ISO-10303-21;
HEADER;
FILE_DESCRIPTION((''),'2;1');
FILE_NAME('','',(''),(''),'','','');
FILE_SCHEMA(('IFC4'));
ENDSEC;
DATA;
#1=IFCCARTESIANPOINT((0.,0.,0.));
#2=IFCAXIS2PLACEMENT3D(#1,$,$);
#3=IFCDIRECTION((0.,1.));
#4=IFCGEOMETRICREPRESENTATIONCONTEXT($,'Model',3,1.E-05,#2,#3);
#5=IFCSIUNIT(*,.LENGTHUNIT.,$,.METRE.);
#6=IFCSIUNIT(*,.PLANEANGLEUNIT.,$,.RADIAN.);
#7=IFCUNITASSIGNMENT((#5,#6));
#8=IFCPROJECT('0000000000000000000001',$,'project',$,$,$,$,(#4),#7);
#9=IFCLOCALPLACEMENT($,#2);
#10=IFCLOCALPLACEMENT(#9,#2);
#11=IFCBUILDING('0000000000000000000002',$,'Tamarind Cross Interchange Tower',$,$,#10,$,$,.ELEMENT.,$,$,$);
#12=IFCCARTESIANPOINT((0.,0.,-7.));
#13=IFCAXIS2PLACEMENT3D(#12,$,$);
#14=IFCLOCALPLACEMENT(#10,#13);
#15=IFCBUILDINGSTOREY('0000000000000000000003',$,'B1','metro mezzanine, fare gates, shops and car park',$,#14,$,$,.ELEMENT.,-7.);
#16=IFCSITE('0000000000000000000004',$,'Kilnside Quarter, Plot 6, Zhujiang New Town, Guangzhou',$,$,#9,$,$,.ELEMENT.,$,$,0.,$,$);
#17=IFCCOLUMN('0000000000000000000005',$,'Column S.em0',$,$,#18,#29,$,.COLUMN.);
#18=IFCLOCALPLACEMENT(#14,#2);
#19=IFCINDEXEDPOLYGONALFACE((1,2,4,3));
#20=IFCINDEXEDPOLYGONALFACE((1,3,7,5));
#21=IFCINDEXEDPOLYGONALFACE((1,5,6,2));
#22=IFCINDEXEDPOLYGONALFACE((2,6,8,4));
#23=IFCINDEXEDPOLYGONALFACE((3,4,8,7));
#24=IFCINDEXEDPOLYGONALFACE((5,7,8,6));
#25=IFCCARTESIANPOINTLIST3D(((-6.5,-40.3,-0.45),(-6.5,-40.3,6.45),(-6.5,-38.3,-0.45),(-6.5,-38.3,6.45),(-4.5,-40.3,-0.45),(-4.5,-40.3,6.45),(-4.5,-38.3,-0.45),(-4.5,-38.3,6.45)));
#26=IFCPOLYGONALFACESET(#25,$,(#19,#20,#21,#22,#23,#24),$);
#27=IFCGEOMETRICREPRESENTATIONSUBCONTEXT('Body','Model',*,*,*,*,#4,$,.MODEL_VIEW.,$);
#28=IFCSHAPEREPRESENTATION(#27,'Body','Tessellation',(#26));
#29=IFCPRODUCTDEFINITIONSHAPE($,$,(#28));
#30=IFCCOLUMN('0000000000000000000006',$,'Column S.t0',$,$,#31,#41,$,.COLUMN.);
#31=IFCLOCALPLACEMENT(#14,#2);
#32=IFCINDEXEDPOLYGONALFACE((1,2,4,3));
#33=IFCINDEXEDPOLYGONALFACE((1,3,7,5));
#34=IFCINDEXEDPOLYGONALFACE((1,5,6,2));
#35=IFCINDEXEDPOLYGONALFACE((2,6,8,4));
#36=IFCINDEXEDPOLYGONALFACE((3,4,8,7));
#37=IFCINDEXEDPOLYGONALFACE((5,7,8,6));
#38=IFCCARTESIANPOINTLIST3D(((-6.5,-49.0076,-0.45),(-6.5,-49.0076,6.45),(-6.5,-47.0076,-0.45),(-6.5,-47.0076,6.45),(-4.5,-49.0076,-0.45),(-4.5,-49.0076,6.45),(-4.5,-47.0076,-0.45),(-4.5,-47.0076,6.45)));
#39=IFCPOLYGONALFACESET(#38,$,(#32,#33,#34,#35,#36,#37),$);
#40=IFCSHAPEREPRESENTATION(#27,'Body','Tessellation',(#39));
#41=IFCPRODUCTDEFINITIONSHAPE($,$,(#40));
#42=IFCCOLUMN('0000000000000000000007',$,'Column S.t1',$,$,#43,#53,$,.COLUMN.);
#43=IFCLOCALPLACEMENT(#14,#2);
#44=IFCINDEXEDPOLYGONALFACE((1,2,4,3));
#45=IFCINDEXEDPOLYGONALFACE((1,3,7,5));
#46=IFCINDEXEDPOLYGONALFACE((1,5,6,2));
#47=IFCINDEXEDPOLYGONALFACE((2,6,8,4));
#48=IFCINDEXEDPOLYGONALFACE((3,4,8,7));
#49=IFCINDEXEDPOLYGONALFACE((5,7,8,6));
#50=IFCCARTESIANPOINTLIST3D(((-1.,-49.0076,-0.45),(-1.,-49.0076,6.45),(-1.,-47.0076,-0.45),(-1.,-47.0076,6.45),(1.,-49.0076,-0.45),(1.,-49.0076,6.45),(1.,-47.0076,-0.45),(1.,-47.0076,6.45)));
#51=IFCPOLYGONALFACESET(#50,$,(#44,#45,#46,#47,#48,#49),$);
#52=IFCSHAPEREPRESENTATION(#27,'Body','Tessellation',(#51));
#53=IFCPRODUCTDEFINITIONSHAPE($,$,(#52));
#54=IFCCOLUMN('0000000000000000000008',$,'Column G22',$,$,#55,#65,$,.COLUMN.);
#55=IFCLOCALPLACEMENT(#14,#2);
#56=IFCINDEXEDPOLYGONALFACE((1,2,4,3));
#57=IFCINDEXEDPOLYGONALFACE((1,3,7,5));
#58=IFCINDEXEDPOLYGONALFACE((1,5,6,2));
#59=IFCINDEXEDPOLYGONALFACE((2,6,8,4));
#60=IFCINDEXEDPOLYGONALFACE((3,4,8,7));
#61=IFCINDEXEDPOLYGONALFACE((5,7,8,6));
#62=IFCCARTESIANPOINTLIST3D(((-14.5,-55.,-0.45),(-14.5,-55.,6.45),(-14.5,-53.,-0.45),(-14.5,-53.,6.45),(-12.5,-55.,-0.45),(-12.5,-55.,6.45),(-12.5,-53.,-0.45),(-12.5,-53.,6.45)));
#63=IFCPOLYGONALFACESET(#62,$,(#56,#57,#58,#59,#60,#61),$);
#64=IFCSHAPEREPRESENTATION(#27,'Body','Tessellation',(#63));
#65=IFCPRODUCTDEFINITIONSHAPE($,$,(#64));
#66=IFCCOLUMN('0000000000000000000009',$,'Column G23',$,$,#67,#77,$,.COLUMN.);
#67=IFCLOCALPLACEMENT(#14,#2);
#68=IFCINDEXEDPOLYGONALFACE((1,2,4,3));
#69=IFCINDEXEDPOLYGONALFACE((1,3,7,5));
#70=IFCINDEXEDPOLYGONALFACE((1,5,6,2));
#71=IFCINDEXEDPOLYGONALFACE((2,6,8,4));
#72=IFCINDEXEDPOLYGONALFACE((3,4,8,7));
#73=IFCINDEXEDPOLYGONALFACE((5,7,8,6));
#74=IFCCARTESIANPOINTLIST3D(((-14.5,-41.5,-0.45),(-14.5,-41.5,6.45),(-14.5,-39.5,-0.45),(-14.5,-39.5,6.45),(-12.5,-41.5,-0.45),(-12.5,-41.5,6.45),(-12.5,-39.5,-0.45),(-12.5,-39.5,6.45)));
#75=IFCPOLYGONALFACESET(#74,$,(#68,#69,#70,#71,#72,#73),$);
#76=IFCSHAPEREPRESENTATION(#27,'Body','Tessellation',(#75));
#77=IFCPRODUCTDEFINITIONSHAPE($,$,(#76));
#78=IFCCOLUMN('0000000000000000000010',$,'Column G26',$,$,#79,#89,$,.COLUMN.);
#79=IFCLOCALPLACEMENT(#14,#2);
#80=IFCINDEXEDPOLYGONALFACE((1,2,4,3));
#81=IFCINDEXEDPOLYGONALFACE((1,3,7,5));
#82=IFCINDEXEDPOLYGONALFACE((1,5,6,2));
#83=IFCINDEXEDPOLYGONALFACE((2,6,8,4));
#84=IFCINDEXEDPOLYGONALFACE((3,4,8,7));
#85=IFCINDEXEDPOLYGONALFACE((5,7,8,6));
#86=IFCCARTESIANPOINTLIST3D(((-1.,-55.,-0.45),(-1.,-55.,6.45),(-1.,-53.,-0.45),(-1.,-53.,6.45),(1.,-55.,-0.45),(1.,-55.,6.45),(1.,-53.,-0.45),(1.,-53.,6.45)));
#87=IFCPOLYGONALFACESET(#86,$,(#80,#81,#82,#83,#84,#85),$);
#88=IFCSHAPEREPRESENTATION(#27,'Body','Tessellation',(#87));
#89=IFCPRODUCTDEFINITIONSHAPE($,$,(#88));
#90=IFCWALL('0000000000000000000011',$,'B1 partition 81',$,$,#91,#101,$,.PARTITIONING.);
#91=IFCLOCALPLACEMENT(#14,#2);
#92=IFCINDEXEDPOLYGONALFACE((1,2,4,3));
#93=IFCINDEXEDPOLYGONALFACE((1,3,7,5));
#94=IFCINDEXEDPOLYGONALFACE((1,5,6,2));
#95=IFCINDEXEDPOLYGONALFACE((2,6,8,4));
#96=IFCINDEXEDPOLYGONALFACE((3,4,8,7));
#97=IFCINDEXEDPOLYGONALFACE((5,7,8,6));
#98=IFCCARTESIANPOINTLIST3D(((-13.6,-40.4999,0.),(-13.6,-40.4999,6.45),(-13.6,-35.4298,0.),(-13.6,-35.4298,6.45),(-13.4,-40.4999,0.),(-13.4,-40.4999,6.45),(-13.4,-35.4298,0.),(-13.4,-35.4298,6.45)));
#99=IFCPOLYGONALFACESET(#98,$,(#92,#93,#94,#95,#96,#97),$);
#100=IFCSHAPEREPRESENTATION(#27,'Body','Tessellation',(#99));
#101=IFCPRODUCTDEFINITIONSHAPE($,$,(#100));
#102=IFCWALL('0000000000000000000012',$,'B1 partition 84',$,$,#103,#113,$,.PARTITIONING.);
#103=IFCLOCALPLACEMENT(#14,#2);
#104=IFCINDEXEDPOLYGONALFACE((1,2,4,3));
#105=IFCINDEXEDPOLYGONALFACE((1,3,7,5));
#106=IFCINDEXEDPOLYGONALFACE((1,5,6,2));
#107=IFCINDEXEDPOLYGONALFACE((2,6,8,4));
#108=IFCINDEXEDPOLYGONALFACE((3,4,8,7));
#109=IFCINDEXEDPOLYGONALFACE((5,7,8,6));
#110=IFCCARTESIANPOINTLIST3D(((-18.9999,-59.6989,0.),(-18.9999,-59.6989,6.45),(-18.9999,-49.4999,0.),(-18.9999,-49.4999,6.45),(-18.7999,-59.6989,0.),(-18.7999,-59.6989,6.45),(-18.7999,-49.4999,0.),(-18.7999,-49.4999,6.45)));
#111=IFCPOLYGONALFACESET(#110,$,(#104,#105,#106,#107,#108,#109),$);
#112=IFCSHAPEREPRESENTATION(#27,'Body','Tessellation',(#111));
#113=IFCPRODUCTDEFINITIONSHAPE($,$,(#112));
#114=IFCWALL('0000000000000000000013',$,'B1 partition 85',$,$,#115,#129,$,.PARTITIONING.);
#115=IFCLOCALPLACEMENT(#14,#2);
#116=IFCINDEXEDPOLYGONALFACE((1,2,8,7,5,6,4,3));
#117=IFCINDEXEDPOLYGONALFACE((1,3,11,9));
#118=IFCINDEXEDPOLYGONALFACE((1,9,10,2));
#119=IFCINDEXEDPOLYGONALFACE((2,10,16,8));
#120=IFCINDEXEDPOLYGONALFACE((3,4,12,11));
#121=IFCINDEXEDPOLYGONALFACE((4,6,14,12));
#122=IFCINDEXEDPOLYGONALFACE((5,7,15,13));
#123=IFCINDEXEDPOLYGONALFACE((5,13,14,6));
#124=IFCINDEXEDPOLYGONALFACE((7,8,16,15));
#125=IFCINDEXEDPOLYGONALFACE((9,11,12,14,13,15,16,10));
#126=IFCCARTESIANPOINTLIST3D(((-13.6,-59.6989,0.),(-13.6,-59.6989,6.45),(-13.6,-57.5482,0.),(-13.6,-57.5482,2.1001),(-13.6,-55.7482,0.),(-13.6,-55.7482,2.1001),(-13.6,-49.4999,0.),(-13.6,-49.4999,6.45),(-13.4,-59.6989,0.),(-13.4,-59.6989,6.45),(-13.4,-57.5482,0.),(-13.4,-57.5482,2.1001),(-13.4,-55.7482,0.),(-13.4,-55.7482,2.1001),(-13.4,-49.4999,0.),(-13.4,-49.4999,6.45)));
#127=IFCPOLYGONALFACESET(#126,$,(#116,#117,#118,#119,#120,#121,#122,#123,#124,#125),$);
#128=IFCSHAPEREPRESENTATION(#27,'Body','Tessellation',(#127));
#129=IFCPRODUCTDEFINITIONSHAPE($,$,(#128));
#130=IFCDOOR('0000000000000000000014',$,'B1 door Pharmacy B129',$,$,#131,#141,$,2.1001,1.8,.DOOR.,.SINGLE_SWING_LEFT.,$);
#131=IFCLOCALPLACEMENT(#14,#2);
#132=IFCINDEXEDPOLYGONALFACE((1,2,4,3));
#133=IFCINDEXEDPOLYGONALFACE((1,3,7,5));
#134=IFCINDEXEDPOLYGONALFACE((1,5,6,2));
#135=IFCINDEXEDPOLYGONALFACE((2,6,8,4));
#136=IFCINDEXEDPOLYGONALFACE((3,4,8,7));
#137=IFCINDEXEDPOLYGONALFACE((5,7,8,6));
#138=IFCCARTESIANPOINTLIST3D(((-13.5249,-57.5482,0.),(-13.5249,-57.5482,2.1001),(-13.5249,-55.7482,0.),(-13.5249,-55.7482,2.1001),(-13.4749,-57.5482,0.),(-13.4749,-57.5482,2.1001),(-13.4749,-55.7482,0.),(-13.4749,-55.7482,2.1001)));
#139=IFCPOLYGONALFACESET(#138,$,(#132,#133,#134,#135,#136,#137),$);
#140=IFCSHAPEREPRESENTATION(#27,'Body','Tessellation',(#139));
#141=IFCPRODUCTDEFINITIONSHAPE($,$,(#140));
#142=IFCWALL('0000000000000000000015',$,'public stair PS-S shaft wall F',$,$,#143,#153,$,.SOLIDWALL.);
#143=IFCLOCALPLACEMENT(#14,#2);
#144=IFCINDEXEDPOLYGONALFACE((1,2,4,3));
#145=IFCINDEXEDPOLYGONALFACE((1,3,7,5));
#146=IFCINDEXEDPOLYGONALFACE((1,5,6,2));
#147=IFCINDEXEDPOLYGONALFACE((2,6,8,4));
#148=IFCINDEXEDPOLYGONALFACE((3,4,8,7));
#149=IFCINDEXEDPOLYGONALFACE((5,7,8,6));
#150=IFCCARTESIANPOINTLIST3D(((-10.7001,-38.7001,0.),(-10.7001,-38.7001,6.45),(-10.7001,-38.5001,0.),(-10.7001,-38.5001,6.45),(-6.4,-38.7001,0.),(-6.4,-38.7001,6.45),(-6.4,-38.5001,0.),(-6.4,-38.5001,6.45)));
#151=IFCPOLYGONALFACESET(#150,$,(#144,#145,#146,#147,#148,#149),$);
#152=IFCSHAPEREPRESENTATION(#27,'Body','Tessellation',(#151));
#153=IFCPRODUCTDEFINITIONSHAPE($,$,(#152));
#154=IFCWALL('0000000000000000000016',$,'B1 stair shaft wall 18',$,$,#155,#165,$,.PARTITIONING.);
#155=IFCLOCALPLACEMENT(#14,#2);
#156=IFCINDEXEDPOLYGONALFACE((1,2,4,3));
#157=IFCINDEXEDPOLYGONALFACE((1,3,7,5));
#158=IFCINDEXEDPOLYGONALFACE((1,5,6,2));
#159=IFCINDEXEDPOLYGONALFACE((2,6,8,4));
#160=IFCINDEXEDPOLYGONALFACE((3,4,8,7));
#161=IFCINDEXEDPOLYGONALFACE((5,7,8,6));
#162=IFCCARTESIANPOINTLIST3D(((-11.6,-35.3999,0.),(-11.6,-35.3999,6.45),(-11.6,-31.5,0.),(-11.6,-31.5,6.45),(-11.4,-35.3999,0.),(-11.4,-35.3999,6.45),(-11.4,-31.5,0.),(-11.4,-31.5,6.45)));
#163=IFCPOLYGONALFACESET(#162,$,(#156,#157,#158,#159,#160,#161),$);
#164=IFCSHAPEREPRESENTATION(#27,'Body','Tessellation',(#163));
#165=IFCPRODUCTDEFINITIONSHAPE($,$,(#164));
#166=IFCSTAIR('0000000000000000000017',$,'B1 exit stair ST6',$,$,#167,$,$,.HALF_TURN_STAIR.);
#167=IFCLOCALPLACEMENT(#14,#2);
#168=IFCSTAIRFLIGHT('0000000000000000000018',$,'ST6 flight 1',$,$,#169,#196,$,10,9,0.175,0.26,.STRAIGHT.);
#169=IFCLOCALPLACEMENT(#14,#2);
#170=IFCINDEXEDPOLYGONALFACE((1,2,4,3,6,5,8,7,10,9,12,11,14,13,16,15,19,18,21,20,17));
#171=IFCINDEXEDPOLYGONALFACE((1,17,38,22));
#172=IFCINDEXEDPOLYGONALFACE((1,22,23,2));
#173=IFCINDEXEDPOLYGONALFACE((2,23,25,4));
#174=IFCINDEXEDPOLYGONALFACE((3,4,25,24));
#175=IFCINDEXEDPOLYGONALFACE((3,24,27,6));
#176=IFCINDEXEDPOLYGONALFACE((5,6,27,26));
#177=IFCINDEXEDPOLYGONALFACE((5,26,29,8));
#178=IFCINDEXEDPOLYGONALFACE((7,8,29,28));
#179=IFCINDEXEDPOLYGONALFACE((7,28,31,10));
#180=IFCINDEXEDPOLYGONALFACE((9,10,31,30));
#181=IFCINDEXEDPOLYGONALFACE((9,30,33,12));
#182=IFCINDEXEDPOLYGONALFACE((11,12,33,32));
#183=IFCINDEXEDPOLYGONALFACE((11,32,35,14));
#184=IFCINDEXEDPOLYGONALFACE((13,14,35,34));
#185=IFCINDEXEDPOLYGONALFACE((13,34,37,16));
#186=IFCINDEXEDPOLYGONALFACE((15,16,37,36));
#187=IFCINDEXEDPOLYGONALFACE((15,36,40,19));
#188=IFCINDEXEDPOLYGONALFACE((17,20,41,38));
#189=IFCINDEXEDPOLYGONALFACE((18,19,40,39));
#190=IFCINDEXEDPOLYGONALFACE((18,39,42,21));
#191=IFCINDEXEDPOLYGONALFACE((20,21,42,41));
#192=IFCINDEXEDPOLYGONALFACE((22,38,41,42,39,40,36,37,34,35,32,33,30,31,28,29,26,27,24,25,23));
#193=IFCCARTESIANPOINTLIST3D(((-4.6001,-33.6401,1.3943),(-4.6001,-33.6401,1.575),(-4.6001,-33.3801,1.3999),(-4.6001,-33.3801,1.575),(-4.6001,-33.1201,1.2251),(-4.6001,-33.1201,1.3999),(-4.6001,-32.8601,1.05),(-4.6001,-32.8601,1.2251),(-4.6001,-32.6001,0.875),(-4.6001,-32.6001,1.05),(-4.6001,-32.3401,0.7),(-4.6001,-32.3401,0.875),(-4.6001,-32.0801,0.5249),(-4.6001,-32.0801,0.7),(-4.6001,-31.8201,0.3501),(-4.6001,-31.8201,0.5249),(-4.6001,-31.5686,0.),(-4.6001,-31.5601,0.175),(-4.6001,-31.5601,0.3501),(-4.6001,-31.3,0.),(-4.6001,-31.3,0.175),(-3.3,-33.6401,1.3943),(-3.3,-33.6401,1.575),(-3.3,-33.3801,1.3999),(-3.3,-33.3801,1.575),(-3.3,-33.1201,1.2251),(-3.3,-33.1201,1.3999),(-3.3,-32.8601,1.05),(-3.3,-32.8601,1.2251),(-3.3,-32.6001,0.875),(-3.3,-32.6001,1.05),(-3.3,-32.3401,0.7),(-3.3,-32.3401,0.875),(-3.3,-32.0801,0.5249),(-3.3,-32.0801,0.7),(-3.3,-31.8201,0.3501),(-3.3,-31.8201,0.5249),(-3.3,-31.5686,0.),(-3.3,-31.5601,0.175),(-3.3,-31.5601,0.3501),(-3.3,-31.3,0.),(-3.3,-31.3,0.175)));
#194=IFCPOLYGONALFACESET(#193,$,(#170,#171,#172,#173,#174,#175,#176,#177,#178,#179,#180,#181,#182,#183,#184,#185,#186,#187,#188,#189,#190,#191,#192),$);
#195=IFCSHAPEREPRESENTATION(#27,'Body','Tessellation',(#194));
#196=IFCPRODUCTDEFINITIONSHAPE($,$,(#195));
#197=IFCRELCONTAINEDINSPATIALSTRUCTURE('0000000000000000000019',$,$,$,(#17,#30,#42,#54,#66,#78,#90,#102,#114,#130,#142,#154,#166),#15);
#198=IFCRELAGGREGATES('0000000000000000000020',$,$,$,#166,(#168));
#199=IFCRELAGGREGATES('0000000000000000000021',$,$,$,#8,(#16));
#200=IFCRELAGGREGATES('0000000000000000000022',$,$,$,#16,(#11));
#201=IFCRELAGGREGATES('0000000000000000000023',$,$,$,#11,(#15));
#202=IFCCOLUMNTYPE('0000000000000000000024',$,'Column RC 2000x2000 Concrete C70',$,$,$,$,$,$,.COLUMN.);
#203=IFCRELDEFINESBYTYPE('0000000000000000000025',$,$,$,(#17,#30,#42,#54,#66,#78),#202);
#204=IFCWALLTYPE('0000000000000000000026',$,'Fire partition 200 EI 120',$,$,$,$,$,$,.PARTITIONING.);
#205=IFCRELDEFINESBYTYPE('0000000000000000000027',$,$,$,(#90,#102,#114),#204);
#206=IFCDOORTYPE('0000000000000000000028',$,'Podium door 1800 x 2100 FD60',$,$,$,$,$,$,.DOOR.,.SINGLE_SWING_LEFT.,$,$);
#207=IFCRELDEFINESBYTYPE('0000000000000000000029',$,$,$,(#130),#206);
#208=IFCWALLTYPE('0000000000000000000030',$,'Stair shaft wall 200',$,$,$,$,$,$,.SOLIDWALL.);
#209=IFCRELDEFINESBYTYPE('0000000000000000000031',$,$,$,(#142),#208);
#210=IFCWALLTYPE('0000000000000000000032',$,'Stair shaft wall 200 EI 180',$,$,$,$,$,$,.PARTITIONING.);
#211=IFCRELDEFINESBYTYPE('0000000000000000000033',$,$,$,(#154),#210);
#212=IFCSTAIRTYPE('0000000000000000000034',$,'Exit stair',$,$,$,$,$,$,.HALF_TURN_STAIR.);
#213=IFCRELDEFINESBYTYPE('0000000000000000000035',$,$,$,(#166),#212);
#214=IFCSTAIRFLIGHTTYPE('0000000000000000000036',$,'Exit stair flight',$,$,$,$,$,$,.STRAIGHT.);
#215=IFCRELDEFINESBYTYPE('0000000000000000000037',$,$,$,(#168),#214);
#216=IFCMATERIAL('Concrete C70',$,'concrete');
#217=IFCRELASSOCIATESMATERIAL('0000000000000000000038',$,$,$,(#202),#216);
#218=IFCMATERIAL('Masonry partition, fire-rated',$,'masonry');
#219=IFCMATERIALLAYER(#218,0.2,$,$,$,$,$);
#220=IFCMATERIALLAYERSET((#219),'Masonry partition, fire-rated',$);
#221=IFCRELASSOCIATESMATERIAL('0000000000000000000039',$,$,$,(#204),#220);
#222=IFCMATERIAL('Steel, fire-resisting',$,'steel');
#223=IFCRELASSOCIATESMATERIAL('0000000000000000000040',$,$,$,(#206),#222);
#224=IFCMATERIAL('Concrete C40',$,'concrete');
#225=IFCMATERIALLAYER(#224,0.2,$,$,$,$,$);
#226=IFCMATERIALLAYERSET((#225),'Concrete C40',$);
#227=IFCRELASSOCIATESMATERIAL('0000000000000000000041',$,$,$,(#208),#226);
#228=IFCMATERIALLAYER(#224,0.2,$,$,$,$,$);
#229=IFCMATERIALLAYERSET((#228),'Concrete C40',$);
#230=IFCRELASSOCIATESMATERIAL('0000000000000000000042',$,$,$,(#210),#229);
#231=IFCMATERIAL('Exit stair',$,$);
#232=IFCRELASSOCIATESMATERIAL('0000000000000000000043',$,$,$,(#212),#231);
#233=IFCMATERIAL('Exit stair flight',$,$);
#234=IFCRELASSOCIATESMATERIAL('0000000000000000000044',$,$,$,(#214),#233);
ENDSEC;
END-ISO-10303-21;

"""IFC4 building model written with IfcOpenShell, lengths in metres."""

from ifc_helpers import new_model, si_unit, direction, frame, frame_2d, origin, origin_2d, place, context, subcontext, project, spatial, polyline, rectangle, outline, extrude, material, layer, layer_set, material_profile, profile_set, type_object, element, fill, aggregate, save


model = new_model("IFC4")

# Units and contexts
model_context = context("Model", 3, precision=1e-05, world=origin(), true_north=direction((0.0, 1.0)))
body_context = subcontext(model_context, "Body", "Model", "MODEL_VIEW")
ifc_project = project(units=[si_unit("LENGTHUNIT", "METRE"), si_unit("PLANEANGLEUNIT", "RADIAN")], contexts=[model_context])

# Site, building, storey
site_placement = place(None, origin())
site = spatial("IfcSite", under=ifc_project, at=site_placement, Name="Kilnside Quarter, Plot 6, Zhujiang New Town, Guangzhou", CompositionType="ELEMENT", RefElevation=0.0)
building_placement = place(site_placement, origin())
building = spatial("IfcBuilding", under=site, at=building_placement, Name="Tamarind Cross Interchange Tower", CompositionType="ELEMENT")
storey_placement = place(building_placement, frame((0.0, 0.0, -7.0)))
storey = spatial("IfcBuildingStorey", under=building, at=storey_placement, Name="B1", Description="metro mezzanine, fare gates, shops and car park", CompositionType="ELEMENT", Elevation=-7.0)

# Columns
ifc_material_1 = material(Name="Concrete C70", Category="concrete")
ifc_material_profile = material_profile(ifc_material_1, rectangle(XDim=2.0, YDim=2.0, at=origin_2d()), Name="RC 2000x2000")
ifc_profile_set = profile_set([ifc_material_profile], Name="Concrete C70")
column_type = type_object("IfcColumnType", Name="Column RC 2000x2000 Concrete C70", PredefinedType="COLUMN", material=ifc_profile_set)
for number, where, z_axis, x_axis, name in (
    (1, (-5.5, -39.3, -0.45), (0.0, 0.0, 1.0), (1.0, 0.0, 0.0), "Column S.em0"),
    (2, (-5.5, -48.0076, -0.45), (0.0, 0.0, 1.0), (1.0, 0.0, 0.0), "Column S.t0"),
    (3, (0.0, -48.0076, -0.45), (0.0, 0.0, 1.0), (1.0, 0.0, 0.0), "Column S.t1"),
    (4, (-13.5, -54.0, -0.45), (0.0, 0.0, 1.0), (1.0, 0.0, 0.0), "Column G22"),
    (5, (-13.5, -40.5, -0.45), (0.0, 0.0, 1.0), (1.0, 0.0, 0.0), "Column G23"),
    (6, (0.0, -54.0, -0.45), (0.0, 0.0, 1.0), (1.0, 0.0, 0.0), "Column G26"),
):
    element("IfcColumn", number, at=place(storey_placement, frame(where, z_axis=z_axis, x_axis=x_axis)), inside=storey, type_object=column_type, Name=name, PredefinedType="COLUMN", context=body_context, shape_type="SweptSolid", body=[
        extrude(rectangle(XDim=2.0, YDim=2.0, at=origin_2d()), origin(), (0.0, 0.0, 1.0), 6.8999),
    ])

# Walls
ifc_material_2 = material(Name="Masonry partition, fire-rated", Category="masonry")
ifc_layer_1 = layer(ifc_material_2, 0.2)
ifc_layer_set_1 = layer_set([ifc_layer_1], Name="Masonry partition, fire-rated")
wall_type_1 = type_object("IfcWallType", Name="Fire partition 200 EI 120", PredefinedType="PARTITIONING", material=ifc_layer_set_1)
wall_1_placement = place(storey_placement, frame((-13.5, -40.5, 0.0), z_axis=(0.0, 0.0, 1.0), x_axis=(0.0, 1.0, 0.0)))
element("IfcWall", 7, at=wall_1_placement, inside=storey, type_object=wall_type_1, Name="B1 partition 81", PredefinedType="PARTITIONING", context=body_context, shape_type="SweptSolid", body=[
    extrude(rectangle(XDim=5.0701, YDim=0.2, at=frame_2d((2.5352, 0.0))), origin(), (0.0, 0.0, 1.0), 6.45),
])
wall_2_placement = place(storey_placement, frame((-18.8999, -59.699, 0.0), z_axis=(0.0, 0.0, 1.0), x_axis=(0.0, 1.0, 0.0)))
element("IfcWall", 8, at=wall_2_placement, inside=storey, type_object=wall_type_1, Name="B1 partition 84", PredefinedType="PARTITIONING", context=body_context, shape_type="SweptSolid", body=[
    extrude(rectangle(XDim=10.199, YDim=0.2, at=frame_2d((5.0996, 0.0))), origin(), (0.0, 0.0, 1.0), 6.45),
])

# Wall, opening, door
wall_3_placement = place(storey_placement, frame((-13.5, -59.699, 0.0), z_axis=(0.0, 0.0, 1.0), x_axis=(0.0, 1.0, 0.0)))
wall_3 = element("IfcWall", 9, at=wall_3_placement, inside=storey, type_object=wall_type_1, Name="B1 partition 85", PredefinedType="PARTITIONING", context=body_context, shape_type="SweptSolid", body=[
    extrude(rectangle(XDim=10.199, YDim=0.2, at=frame_2d((5.0996, 0.0))), origin(), (0.0, 0.0, 1.0), 6.45),
])
opening_placement = place(wall_3_placement, frame((2.1509, 0.0, 0.0)))
opening = element("IfcOpeningElement", 10, at=opening_placement, cuts=wall_3, PredefinedType="OPENING", context=body_context, shape_type="SweptSolid", body=[
    extrude(rectangle(XDim=1.8, YDim=2.1001, at=frame_2d((0.8999, 1.05))), frame((0.0, 0.1099, 0.0), z_axis=(0.0, -1.0, 0.0), x_axis=(1.0, 0.0, 0.0)), (0.0, 0.0, 1.0), 0.22),
])
ifc_material_3 = material(Name="Steel, fire-resisting", Category="steel")
door_type = type_object("IfcDoorType", Name="Podium door 1800 x 2100 FD60", OperationType="SINGLE_SWING_LEFT", PredefinedType="DOOR", material=ifc_material_3)
door_placement = place(opening_placement, origin())
door = element("IfcDoor", 11, at=door_placement, inside=storey, type_object=door_type, Name="B1 door Pharmacy B129", OperationType="SINGLE_SWING_LEFT", OverallHeight=2.1001, OverallWidth=1.8, PredefinedType="DOOR", context=body_context, shape_type="SweptSolid", body=[
    extrude(rectangle(XDim=1.8, YDim=2.1001, at=frame_2d((0.8999, 1.05))), frame((0.0, 0.0249, 0.0), z_axis=(0.0, -1.0, 0.0), x_axis=(1.0, 0.0, 0.0)), (0.0, 0.0, 1.0), 0.05),
])
fill(opening, door)

# Walls
ifc_material_4 = material(Name="Concrete C40", Category="concrete")
ifc_layer_2 = layer(ifc_material_4, 0.2)
ifc_layer_set_2 = layer_set([ifc_layer_2], Name="Concrete C40")
wall_type_2 = type_object("IfcWallType", Name="Stair shaft wall 200", PredefinedType="SOLIDWALL", material=ifc_layer_set_2)
wall_4_placement = place(storey_placement, frame((-10.7, -38.6001, 0.0), z_axis=(0.0, 0.0, 1.0), x_axis=(1.0, 0.0, 0.0)))
element("IfcWall", 12, at=wall_4_placement, inside=storey, type_object=wall_type_2, Name="public stair PS-S shaft wall F", PredefinedType="SOLIDWALL", context=body_context, shape_type="SweptSolid", body=[
    extrude(rectangle(XDim=4.3, YDim=0.2, at=frame_2d((2.1499, 0.0))), origin(), (0.0, 0.0, 1.0), 6.45),
])
ifc_layer_3 = layer(ifc_material_4, 0.2)
ifc_layer_set_3 = layer_set([ifc_layer_3], Name="Concrete C40")
wall_type_3 = type_object("IfcWallType", Name="Stair shaft wall 200 EI 180", PredefinedType="PARTITIONING", material=ifc_layer_set_3)
wall_5_placement = place(storey_placement, frame((-11.5, -35.3999, 0.0), z_axis=(0.0, 0.0, 1.0), x_axis=(0.0, 1.0, 0.0)))
element("IfcWall", 13, at=wall_5_placement, inside=storey, type_object=wall_type_3, Name="B1 stair shaft wall 18", PredefinedType="PARTITIONING", context=body_context, shape_type="SweptSolid", body=[
    extrude(rectangle(XDim=3.8999, YDim=0.2, at=frame_2d((1.95, 0.0))), origin(), (0.0, 0.0, 1.0), 6.45),
])

# Stair, stair flight
ifc_material_5 = material(Name="Exit stair")
stair_type_1 = type_object("IfcStairType", Name="Exit stair", PredefinedType="HALF_TURN_STAIR", material=ifc_material_5)
stair_1_placement = place(storey_placement, origin())
stair_1 = element("IfcStair", 14, at=stair_1_placement, inside=storey, type_object=stair_type_1, Name="B1 exit stair ST6", PredefinedType="HALF_TURN_STAIR")
ifc_material_6 = material(Name="Exit stair flight")
stair_flight_type_1 = type_object("IfcStairFlightType", Name="Exit stair flight", PredefinedType="STRAIGHT", material=ifc_material_6)
stair_flight_1_placement = place(storey_placement, frame((-3.95, -31.3, 0.0), z_axis=(0.0, 0.0, 1.0), x_axis=(0.0, -1.0, 0.0)))
stair_flight_1 = element("IfcStairFlight", 15, at=stair_flight_1_placement, type_object=stair_flight_type_1, Name="ST6 flight 1", NumberOfRisers=10, NumberOfTreads=9, PredefinedType="STRAIGHT", RiserHeight=0.175, TreadLength=0.26, context=body_context, shape_type="SweptSolid", body=[
    extrude(outline(polyline([(0.0, 0.0), (0.0, 0.175), (0.26, 0.175), (0.26, 0.3501), (0.52, 0.3501), (0.52, 0.5249), (0.78, 0.5249), (0.78, 0.7), (1.04, 0.7), (1.04, 0.875), (1.3, 0.875), (1.3, 1.05), (1.5601, 1.05), (1.5601, 1.2251), (1.8201, 1.2251), (1.8201, 1.3999), (2.0801, 1.3999), (2.0801, 1.575), (2.3401, 1.575), (2.3401, 1.75), (2.3401, 1.3943), (0.2686, 0.0), (0.0, 0.0)])), frame((0.0, 0.6499, 0.0), z_axis=(0.0, -1.0, 0.0), x_axis=(1.0, 0.0, 0.0)), (0.0, 0.0, 1.0), 1.3),
])
aggregate(stair_1, [stair_flight_1])

save(model, "model.ifc")
